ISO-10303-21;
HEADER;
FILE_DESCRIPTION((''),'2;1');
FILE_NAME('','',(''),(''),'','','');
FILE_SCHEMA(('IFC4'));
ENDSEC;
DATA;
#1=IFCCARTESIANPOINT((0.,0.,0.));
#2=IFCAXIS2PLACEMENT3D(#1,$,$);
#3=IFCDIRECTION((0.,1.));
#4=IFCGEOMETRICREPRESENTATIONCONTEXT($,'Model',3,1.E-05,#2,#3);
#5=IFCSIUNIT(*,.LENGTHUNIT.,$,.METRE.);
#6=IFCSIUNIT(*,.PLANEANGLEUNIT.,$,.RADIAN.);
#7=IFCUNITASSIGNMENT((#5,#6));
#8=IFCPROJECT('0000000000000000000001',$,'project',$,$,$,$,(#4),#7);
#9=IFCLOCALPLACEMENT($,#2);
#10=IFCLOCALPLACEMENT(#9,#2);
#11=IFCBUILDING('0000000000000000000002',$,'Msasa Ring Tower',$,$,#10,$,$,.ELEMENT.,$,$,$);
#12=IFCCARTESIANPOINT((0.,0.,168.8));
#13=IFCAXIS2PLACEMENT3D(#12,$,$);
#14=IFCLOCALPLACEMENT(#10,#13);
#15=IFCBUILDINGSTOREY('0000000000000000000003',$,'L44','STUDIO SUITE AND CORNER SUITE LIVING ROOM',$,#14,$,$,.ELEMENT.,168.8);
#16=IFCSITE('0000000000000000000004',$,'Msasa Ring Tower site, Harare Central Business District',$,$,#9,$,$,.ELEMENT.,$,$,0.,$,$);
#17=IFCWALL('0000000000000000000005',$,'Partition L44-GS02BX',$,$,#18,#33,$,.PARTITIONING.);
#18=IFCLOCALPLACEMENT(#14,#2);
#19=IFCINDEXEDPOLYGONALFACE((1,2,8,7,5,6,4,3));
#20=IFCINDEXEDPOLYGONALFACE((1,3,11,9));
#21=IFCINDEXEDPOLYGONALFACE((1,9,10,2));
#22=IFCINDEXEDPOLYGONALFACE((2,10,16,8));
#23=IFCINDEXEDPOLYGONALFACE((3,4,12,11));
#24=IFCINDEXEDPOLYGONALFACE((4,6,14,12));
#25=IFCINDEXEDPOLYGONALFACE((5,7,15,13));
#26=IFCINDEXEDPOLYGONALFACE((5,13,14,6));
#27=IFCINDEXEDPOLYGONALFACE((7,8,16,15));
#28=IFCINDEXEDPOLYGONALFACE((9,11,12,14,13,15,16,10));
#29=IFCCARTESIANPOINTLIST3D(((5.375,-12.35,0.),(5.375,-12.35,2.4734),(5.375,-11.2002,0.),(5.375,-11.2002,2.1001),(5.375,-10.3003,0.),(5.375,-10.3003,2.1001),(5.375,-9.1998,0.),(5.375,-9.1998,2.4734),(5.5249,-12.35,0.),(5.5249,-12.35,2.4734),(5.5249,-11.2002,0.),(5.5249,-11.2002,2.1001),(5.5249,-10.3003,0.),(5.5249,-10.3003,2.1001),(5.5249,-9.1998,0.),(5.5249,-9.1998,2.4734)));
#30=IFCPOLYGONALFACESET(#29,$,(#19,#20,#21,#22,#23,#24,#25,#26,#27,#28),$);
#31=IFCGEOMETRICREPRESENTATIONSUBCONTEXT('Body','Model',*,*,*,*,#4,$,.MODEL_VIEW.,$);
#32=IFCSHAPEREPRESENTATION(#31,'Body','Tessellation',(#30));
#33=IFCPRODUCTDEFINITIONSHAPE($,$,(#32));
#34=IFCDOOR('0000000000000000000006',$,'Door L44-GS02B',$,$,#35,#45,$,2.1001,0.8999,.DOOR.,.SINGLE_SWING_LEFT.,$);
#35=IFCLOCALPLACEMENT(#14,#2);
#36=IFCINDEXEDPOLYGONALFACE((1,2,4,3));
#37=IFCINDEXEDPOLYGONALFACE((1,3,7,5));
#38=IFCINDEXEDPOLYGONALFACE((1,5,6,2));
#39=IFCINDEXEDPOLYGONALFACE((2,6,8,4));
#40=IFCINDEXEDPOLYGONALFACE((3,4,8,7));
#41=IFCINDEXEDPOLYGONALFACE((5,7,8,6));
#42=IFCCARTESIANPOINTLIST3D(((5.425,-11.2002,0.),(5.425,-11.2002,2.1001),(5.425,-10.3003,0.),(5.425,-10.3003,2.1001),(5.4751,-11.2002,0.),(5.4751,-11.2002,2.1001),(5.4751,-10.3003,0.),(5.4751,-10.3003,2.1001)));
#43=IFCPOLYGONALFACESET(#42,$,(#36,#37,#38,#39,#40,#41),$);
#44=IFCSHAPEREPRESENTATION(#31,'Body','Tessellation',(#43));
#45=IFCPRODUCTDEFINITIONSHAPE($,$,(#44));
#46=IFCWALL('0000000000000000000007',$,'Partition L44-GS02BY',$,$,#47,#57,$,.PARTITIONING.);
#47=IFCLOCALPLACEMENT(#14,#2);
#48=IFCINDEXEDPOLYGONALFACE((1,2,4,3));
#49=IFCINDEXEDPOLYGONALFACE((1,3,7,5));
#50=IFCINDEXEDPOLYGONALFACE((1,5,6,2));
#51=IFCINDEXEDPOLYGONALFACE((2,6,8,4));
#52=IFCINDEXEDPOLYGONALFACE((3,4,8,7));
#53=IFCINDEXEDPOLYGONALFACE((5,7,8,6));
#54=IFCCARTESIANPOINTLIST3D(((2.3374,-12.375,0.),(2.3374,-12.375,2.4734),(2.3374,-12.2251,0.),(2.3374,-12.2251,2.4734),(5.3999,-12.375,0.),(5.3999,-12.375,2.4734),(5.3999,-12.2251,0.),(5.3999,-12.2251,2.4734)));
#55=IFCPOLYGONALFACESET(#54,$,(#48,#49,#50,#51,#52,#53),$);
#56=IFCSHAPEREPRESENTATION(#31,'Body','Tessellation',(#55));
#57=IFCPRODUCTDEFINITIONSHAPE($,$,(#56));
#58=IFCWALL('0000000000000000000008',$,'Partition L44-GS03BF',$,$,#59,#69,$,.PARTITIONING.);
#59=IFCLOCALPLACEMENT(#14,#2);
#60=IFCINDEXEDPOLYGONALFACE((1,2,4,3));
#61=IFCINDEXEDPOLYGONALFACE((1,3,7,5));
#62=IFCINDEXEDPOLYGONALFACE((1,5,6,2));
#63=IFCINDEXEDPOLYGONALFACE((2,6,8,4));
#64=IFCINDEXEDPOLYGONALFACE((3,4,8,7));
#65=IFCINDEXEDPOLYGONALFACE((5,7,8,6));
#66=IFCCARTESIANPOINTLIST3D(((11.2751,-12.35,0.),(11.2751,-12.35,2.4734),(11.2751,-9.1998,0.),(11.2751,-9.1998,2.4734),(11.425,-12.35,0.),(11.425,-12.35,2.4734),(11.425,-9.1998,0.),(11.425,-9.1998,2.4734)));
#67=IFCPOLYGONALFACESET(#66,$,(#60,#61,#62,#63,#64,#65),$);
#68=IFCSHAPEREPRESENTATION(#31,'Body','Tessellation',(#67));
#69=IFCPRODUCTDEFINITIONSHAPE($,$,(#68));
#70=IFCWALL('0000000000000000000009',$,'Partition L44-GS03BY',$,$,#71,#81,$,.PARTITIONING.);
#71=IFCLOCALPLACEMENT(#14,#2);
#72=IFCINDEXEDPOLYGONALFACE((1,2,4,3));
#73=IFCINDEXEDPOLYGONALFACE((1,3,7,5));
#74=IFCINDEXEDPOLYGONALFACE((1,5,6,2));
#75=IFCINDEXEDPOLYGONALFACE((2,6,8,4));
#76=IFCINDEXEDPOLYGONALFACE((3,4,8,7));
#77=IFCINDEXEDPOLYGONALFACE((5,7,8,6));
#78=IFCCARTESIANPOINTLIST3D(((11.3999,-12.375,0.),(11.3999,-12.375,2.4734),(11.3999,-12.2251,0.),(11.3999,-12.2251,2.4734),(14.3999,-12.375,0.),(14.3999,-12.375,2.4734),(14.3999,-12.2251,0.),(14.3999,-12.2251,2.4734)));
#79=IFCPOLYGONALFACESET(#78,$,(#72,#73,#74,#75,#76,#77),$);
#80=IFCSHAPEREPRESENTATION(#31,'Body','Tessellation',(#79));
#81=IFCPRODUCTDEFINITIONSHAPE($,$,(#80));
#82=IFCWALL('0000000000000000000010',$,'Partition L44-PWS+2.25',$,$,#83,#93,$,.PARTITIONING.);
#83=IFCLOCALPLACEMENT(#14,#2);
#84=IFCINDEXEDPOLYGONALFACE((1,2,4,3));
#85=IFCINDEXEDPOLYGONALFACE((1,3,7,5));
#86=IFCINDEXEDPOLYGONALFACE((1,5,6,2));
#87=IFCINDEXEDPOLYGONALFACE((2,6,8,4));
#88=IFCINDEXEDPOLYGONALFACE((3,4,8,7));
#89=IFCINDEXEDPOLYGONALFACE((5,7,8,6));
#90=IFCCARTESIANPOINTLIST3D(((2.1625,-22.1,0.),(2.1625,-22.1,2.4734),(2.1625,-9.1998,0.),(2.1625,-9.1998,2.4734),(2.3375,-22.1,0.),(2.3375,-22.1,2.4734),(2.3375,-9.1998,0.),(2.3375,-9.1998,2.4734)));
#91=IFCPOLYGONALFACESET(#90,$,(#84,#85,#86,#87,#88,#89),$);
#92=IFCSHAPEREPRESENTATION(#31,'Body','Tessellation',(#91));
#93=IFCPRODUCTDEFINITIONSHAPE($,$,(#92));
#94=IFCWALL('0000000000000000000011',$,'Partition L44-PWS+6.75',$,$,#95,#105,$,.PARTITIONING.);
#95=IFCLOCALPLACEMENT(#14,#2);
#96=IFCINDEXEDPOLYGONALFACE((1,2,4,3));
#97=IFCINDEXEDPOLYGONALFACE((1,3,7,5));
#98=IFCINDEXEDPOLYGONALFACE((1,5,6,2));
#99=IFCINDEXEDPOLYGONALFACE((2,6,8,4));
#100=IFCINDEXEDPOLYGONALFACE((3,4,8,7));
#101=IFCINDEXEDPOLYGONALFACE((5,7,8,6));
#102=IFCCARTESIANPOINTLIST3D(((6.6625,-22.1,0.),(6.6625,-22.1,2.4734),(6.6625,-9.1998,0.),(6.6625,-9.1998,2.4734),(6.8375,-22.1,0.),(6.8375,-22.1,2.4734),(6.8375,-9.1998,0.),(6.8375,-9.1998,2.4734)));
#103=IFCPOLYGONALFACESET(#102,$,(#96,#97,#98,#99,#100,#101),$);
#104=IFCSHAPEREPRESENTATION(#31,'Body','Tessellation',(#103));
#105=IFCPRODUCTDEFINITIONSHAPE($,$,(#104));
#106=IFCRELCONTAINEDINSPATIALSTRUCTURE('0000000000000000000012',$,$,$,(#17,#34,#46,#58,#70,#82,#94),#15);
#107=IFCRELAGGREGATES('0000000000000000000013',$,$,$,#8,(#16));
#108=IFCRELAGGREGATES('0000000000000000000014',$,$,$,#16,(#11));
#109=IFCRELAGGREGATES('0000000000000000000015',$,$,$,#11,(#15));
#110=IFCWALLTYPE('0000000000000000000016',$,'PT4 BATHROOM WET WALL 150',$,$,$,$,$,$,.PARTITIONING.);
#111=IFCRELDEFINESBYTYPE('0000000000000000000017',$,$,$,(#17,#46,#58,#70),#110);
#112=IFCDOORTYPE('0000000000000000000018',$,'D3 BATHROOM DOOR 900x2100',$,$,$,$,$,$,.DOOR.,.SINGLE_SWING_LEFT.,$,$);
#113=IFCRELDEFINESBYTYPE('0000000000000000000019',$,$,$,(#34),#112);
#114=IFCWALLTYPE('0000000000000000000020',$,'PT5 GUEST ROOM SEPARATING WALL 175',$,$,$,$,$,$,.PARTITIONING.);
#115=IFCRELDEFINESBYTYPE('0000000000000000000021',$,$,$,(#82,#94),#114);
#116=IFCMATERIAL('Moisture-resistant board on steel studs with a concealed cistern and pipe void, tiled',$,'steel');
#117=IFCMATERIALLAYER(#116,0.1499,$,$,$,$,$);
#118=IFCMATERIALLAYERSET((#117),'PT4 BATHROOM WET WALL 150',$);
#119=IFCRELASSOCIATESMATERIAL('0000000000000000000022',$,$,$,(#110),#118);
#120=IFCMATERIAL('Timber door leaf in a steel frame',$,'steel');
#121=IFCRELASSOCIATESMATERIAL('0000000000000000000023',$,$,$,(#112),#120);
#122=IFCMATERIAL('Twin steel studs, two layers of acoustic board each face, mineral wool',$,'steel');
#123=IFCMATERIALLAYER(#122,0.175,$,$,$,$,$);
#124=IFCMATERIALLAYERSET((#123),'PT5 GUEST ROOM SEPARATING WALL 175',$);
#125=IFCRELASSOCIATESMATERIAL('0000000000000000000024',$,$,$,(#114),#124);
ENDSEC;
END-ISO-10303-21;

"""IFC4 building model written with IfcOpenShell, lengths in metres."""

from ifc_helpers import new_model, si_unit, direction, frame, frame_2d, origin, place, context, subcontext, project, spatial, rectangle, extrude, material, layer, layer_set, type_object, element, fill, save


model = new_model("IFC4")

# Units and contexts
model_context = context("Model", 3, precision=1e-05, world=origin(), true_north=direction((0.0, 1.0)))
body_context = subcontext(model_context, "Body", "Model", "MODEL_VIEW")
ifc_project = project(units=[si_unit("LENGTHUNIT", "METRE"), si_unit("PLANEANGLEUNIT", "RADIAN")], contexts=[model_context])

# Site, building, storey
site_placement = place(None, origin())
site = spatial("IfcSite", under=ifc_project, at=site_placement, Name="Msasa Ring Tower site, Harare Central Business District", CompositionType="ELEMENT", RefElevation=0.0)
building_placement = place(site_placement, origin())
building = spatial("IfcBuilding", under=site, at=building_placement, Name="Msasa Ring Tower", CompositionType="ELEMENT")
storey_placement = place(building_placement, frame((0.0, 0.0, 168.8)))
storey = spatial("IfcBuildingStorey", under=building, at=storey_placement, Name="L44", Description="STUDIO SUITE AND CORNER SUITE LIVING ROOM", CompositionType="ELEMENT", Elevation=168.8)

# Wall, opening, door
ifc_material_1 = material(Name="Moisture-resistant board on steel studs with a concealed cistern and pipe void, tiled", Category="steel")
ifc_layer_1 = layer(ifc_material_1, 0.1499)
ifc_layer_set_1 = layer_set([ifc_layer_1], Name="PT4 BATHROOM WET WALL 150")
wall_type_1 = type_object("IfcWallType", Name="PT4 BATHROOM WET WALL 150", PredefinedType="PARTITIONING", material=ifc_layer_set_1)
ifc_material_2 = material(Name="Timber door leaf in a steel frame", Category="steel")
door_type = type_object("IfcDoorType", Name="D3 BATHROOM DOOR 900x2100", OperationType="SINGLE_SWING_LEFT", PredefinedType="DOOR", material=ifc_material_2)
wall_1_placement = place(storey_placement, frame((5.45, -12.3501, 0.0), z_axis=(0.0, 0.0, 1.0), x_axis=(0.0, 1.0, 0.0)))
wall_1 = element("IfcWall", 1, at=wall_1_placement, inside=storey, type_object=wall_type_1, Name="Partition L44-GS02BX", PredefinedType="PARTITIONING", context=body_context, shape_type="SweptSolid", body=[
    extrude(rectangle(XDim=3.1501, YDim=0.1499, at=frame_2d((1.5752, 0.0))), origin(), (0.0, 0.0, 1.0), 2.4734),
])
opening_1_placement = place(wall_1_placement, frame((1.1499, 0.0, 0.0)))
opening_1 = element("IfcOpeningElement", 2, at=opening_1_placement, cuts=wall_1, PredefinedType="OPENING", context=body_context, shape_type="SweptSolid", body=[
    extrude(rectangle(XDim=0.8999, YDim=2.1001, at=frame_2d((0.45, 1.05))), frame((0.0, 0.085, 0.0), z_axis=(0.0, -1.0, 0.0), x_axis=(1.0, 0.0, 0.0)), (0.0, 0.0, 1.0), 0.1699),
])
door_1_placement = place(opening_1_placement, origin())
door_1 = element("IfcDoor", 3, at=door_1_placement, inside=storey, type_object=door_type, Name="Door L44-GS02B", OperationType="SINGLE_SWING_LEFT", OverallHeight=2.1001, OverallWidth=0.8999, PredefinedType="DOOR", context=body_context, shape_type="SweptSolid", body=[
    extrude(rectangle(XDim=0.8999, YDim=2.1001, at=frame_2d((0.45, 1.05))), frame((0.0, 0.0249, 0.0), z_axis=(0.0, -1.0, 0.0), x_axis=(1.0, 0.0, 0.0)), (0.0, 0.0, 1.0), 0.05),
])
fill(opening_1, door_1)

# Walls
wall_2_placement = place(storey_placement, frame((2.3374, -12.3, 0.0), z_axis=(0.0, 0.0, 1.0), x_axis=(1.0, 0.0, 0.0)))
element("IfcWall", 4, at=wall_2_placement, inside=storey, type_object=wall_type_1, Name="Partition L44-GS02BY", PredefinedType="PARTITIONING", context=body_context, shape_type="SweptSolid", body=[
    extrude(rectangle(XDim=3.0625, YDim=0.1499, at=frame_2d((1.5312, 0.0))), origin(), (0.0, 0.0, 1.0), 2.4734),
])
wall_3_placement = place(storey_placement, frame((11.3501, -12.3501, 0.0), z_axis=(0.0, 0.0, 1.0), x_axis=(0.0, 1.0, 0.0)))
element("IfcWall", 5, at=wall_3_placement, inside=storey, type_object=wall_type_1, Name="Partition L44-GS03BF", PredefinedType="PARTITIONING", context=body_context, shape_type="SweptSolid", body=[
    extrude(rectangle(XDim=3.1501, YDim=0.1499, at=frame_2d((1.5752, 0.0))), origin(), (0.0, 0.0, 1.0), 2.4734),
])
wall_4_placement = place(storey_placement, frame((11.3999, -12.3, 0.0), z_axis=(0.0, 0.0, 1.0), x_axis=(1.0, 0.0, 0.0)))
element("IfcWall", 6, at=wall_4_placement, inside=storey, type_object=wall_type_1, Name="Partition L44-GS03BY", PredefinedType="PARTITIONING", context=body_context, shape_type="SweptSolid", body=[
    extrude(rectangle(XDim=3.0, YDim=0.1499, at=frame_2d((1.5, 0.0))), origin(), (0.0, 0.0, 1.0), 2.4734),
])
ifc_material_3 = material(Name="Twin steel studs, two layers of acoustic board each face, mineral wool", Category="steel")
ifc_layer_2 = layer(ifc_material_3, 0.175)
ifc_layer_set_2 = layer_set([ifc_layer_2], Name="PT5 GUEST ROOM SEPARATING WALL 175")
wall_type_2 = type_object("IfcWallType", Name="PT5 GUEST ROOM SEPARATING WALL 175", PredefinedType="PARTITIONING", material=ifc_layer_set_2)
for number, where, z_axis, x_axis, name in (
    (7, (2.25, -22.1001, 0.0), (0.0, 0.0, 1.0), (0.0, 1.0, 0.0), "Partition L44-PWS+2.25"),
    (8, (6.75, -22.1001, 0.0), (0.0, 0.0, 1.0), (0.0, 1.0, 0.0), "Partition L44-PWS+6.75"),
):
    element("IfcWall", number, at=place(storey_placement, frame(where, z_axis=z_axis, x_axis=x_axis)), inside=storey, type_object=wall_type_2, Name=name, PredefinedType="PARTITIONING", context=body_context, shape_type="SweptSolid", body=[
        extrude(rectangle(XDim=12.9001, YDim=0.175, at=frame_2d((6.4502, 0.0))), origin(), (0.0, 0.0, 1.0), 2.4734),
    ])

save(model, "model.ifc")
